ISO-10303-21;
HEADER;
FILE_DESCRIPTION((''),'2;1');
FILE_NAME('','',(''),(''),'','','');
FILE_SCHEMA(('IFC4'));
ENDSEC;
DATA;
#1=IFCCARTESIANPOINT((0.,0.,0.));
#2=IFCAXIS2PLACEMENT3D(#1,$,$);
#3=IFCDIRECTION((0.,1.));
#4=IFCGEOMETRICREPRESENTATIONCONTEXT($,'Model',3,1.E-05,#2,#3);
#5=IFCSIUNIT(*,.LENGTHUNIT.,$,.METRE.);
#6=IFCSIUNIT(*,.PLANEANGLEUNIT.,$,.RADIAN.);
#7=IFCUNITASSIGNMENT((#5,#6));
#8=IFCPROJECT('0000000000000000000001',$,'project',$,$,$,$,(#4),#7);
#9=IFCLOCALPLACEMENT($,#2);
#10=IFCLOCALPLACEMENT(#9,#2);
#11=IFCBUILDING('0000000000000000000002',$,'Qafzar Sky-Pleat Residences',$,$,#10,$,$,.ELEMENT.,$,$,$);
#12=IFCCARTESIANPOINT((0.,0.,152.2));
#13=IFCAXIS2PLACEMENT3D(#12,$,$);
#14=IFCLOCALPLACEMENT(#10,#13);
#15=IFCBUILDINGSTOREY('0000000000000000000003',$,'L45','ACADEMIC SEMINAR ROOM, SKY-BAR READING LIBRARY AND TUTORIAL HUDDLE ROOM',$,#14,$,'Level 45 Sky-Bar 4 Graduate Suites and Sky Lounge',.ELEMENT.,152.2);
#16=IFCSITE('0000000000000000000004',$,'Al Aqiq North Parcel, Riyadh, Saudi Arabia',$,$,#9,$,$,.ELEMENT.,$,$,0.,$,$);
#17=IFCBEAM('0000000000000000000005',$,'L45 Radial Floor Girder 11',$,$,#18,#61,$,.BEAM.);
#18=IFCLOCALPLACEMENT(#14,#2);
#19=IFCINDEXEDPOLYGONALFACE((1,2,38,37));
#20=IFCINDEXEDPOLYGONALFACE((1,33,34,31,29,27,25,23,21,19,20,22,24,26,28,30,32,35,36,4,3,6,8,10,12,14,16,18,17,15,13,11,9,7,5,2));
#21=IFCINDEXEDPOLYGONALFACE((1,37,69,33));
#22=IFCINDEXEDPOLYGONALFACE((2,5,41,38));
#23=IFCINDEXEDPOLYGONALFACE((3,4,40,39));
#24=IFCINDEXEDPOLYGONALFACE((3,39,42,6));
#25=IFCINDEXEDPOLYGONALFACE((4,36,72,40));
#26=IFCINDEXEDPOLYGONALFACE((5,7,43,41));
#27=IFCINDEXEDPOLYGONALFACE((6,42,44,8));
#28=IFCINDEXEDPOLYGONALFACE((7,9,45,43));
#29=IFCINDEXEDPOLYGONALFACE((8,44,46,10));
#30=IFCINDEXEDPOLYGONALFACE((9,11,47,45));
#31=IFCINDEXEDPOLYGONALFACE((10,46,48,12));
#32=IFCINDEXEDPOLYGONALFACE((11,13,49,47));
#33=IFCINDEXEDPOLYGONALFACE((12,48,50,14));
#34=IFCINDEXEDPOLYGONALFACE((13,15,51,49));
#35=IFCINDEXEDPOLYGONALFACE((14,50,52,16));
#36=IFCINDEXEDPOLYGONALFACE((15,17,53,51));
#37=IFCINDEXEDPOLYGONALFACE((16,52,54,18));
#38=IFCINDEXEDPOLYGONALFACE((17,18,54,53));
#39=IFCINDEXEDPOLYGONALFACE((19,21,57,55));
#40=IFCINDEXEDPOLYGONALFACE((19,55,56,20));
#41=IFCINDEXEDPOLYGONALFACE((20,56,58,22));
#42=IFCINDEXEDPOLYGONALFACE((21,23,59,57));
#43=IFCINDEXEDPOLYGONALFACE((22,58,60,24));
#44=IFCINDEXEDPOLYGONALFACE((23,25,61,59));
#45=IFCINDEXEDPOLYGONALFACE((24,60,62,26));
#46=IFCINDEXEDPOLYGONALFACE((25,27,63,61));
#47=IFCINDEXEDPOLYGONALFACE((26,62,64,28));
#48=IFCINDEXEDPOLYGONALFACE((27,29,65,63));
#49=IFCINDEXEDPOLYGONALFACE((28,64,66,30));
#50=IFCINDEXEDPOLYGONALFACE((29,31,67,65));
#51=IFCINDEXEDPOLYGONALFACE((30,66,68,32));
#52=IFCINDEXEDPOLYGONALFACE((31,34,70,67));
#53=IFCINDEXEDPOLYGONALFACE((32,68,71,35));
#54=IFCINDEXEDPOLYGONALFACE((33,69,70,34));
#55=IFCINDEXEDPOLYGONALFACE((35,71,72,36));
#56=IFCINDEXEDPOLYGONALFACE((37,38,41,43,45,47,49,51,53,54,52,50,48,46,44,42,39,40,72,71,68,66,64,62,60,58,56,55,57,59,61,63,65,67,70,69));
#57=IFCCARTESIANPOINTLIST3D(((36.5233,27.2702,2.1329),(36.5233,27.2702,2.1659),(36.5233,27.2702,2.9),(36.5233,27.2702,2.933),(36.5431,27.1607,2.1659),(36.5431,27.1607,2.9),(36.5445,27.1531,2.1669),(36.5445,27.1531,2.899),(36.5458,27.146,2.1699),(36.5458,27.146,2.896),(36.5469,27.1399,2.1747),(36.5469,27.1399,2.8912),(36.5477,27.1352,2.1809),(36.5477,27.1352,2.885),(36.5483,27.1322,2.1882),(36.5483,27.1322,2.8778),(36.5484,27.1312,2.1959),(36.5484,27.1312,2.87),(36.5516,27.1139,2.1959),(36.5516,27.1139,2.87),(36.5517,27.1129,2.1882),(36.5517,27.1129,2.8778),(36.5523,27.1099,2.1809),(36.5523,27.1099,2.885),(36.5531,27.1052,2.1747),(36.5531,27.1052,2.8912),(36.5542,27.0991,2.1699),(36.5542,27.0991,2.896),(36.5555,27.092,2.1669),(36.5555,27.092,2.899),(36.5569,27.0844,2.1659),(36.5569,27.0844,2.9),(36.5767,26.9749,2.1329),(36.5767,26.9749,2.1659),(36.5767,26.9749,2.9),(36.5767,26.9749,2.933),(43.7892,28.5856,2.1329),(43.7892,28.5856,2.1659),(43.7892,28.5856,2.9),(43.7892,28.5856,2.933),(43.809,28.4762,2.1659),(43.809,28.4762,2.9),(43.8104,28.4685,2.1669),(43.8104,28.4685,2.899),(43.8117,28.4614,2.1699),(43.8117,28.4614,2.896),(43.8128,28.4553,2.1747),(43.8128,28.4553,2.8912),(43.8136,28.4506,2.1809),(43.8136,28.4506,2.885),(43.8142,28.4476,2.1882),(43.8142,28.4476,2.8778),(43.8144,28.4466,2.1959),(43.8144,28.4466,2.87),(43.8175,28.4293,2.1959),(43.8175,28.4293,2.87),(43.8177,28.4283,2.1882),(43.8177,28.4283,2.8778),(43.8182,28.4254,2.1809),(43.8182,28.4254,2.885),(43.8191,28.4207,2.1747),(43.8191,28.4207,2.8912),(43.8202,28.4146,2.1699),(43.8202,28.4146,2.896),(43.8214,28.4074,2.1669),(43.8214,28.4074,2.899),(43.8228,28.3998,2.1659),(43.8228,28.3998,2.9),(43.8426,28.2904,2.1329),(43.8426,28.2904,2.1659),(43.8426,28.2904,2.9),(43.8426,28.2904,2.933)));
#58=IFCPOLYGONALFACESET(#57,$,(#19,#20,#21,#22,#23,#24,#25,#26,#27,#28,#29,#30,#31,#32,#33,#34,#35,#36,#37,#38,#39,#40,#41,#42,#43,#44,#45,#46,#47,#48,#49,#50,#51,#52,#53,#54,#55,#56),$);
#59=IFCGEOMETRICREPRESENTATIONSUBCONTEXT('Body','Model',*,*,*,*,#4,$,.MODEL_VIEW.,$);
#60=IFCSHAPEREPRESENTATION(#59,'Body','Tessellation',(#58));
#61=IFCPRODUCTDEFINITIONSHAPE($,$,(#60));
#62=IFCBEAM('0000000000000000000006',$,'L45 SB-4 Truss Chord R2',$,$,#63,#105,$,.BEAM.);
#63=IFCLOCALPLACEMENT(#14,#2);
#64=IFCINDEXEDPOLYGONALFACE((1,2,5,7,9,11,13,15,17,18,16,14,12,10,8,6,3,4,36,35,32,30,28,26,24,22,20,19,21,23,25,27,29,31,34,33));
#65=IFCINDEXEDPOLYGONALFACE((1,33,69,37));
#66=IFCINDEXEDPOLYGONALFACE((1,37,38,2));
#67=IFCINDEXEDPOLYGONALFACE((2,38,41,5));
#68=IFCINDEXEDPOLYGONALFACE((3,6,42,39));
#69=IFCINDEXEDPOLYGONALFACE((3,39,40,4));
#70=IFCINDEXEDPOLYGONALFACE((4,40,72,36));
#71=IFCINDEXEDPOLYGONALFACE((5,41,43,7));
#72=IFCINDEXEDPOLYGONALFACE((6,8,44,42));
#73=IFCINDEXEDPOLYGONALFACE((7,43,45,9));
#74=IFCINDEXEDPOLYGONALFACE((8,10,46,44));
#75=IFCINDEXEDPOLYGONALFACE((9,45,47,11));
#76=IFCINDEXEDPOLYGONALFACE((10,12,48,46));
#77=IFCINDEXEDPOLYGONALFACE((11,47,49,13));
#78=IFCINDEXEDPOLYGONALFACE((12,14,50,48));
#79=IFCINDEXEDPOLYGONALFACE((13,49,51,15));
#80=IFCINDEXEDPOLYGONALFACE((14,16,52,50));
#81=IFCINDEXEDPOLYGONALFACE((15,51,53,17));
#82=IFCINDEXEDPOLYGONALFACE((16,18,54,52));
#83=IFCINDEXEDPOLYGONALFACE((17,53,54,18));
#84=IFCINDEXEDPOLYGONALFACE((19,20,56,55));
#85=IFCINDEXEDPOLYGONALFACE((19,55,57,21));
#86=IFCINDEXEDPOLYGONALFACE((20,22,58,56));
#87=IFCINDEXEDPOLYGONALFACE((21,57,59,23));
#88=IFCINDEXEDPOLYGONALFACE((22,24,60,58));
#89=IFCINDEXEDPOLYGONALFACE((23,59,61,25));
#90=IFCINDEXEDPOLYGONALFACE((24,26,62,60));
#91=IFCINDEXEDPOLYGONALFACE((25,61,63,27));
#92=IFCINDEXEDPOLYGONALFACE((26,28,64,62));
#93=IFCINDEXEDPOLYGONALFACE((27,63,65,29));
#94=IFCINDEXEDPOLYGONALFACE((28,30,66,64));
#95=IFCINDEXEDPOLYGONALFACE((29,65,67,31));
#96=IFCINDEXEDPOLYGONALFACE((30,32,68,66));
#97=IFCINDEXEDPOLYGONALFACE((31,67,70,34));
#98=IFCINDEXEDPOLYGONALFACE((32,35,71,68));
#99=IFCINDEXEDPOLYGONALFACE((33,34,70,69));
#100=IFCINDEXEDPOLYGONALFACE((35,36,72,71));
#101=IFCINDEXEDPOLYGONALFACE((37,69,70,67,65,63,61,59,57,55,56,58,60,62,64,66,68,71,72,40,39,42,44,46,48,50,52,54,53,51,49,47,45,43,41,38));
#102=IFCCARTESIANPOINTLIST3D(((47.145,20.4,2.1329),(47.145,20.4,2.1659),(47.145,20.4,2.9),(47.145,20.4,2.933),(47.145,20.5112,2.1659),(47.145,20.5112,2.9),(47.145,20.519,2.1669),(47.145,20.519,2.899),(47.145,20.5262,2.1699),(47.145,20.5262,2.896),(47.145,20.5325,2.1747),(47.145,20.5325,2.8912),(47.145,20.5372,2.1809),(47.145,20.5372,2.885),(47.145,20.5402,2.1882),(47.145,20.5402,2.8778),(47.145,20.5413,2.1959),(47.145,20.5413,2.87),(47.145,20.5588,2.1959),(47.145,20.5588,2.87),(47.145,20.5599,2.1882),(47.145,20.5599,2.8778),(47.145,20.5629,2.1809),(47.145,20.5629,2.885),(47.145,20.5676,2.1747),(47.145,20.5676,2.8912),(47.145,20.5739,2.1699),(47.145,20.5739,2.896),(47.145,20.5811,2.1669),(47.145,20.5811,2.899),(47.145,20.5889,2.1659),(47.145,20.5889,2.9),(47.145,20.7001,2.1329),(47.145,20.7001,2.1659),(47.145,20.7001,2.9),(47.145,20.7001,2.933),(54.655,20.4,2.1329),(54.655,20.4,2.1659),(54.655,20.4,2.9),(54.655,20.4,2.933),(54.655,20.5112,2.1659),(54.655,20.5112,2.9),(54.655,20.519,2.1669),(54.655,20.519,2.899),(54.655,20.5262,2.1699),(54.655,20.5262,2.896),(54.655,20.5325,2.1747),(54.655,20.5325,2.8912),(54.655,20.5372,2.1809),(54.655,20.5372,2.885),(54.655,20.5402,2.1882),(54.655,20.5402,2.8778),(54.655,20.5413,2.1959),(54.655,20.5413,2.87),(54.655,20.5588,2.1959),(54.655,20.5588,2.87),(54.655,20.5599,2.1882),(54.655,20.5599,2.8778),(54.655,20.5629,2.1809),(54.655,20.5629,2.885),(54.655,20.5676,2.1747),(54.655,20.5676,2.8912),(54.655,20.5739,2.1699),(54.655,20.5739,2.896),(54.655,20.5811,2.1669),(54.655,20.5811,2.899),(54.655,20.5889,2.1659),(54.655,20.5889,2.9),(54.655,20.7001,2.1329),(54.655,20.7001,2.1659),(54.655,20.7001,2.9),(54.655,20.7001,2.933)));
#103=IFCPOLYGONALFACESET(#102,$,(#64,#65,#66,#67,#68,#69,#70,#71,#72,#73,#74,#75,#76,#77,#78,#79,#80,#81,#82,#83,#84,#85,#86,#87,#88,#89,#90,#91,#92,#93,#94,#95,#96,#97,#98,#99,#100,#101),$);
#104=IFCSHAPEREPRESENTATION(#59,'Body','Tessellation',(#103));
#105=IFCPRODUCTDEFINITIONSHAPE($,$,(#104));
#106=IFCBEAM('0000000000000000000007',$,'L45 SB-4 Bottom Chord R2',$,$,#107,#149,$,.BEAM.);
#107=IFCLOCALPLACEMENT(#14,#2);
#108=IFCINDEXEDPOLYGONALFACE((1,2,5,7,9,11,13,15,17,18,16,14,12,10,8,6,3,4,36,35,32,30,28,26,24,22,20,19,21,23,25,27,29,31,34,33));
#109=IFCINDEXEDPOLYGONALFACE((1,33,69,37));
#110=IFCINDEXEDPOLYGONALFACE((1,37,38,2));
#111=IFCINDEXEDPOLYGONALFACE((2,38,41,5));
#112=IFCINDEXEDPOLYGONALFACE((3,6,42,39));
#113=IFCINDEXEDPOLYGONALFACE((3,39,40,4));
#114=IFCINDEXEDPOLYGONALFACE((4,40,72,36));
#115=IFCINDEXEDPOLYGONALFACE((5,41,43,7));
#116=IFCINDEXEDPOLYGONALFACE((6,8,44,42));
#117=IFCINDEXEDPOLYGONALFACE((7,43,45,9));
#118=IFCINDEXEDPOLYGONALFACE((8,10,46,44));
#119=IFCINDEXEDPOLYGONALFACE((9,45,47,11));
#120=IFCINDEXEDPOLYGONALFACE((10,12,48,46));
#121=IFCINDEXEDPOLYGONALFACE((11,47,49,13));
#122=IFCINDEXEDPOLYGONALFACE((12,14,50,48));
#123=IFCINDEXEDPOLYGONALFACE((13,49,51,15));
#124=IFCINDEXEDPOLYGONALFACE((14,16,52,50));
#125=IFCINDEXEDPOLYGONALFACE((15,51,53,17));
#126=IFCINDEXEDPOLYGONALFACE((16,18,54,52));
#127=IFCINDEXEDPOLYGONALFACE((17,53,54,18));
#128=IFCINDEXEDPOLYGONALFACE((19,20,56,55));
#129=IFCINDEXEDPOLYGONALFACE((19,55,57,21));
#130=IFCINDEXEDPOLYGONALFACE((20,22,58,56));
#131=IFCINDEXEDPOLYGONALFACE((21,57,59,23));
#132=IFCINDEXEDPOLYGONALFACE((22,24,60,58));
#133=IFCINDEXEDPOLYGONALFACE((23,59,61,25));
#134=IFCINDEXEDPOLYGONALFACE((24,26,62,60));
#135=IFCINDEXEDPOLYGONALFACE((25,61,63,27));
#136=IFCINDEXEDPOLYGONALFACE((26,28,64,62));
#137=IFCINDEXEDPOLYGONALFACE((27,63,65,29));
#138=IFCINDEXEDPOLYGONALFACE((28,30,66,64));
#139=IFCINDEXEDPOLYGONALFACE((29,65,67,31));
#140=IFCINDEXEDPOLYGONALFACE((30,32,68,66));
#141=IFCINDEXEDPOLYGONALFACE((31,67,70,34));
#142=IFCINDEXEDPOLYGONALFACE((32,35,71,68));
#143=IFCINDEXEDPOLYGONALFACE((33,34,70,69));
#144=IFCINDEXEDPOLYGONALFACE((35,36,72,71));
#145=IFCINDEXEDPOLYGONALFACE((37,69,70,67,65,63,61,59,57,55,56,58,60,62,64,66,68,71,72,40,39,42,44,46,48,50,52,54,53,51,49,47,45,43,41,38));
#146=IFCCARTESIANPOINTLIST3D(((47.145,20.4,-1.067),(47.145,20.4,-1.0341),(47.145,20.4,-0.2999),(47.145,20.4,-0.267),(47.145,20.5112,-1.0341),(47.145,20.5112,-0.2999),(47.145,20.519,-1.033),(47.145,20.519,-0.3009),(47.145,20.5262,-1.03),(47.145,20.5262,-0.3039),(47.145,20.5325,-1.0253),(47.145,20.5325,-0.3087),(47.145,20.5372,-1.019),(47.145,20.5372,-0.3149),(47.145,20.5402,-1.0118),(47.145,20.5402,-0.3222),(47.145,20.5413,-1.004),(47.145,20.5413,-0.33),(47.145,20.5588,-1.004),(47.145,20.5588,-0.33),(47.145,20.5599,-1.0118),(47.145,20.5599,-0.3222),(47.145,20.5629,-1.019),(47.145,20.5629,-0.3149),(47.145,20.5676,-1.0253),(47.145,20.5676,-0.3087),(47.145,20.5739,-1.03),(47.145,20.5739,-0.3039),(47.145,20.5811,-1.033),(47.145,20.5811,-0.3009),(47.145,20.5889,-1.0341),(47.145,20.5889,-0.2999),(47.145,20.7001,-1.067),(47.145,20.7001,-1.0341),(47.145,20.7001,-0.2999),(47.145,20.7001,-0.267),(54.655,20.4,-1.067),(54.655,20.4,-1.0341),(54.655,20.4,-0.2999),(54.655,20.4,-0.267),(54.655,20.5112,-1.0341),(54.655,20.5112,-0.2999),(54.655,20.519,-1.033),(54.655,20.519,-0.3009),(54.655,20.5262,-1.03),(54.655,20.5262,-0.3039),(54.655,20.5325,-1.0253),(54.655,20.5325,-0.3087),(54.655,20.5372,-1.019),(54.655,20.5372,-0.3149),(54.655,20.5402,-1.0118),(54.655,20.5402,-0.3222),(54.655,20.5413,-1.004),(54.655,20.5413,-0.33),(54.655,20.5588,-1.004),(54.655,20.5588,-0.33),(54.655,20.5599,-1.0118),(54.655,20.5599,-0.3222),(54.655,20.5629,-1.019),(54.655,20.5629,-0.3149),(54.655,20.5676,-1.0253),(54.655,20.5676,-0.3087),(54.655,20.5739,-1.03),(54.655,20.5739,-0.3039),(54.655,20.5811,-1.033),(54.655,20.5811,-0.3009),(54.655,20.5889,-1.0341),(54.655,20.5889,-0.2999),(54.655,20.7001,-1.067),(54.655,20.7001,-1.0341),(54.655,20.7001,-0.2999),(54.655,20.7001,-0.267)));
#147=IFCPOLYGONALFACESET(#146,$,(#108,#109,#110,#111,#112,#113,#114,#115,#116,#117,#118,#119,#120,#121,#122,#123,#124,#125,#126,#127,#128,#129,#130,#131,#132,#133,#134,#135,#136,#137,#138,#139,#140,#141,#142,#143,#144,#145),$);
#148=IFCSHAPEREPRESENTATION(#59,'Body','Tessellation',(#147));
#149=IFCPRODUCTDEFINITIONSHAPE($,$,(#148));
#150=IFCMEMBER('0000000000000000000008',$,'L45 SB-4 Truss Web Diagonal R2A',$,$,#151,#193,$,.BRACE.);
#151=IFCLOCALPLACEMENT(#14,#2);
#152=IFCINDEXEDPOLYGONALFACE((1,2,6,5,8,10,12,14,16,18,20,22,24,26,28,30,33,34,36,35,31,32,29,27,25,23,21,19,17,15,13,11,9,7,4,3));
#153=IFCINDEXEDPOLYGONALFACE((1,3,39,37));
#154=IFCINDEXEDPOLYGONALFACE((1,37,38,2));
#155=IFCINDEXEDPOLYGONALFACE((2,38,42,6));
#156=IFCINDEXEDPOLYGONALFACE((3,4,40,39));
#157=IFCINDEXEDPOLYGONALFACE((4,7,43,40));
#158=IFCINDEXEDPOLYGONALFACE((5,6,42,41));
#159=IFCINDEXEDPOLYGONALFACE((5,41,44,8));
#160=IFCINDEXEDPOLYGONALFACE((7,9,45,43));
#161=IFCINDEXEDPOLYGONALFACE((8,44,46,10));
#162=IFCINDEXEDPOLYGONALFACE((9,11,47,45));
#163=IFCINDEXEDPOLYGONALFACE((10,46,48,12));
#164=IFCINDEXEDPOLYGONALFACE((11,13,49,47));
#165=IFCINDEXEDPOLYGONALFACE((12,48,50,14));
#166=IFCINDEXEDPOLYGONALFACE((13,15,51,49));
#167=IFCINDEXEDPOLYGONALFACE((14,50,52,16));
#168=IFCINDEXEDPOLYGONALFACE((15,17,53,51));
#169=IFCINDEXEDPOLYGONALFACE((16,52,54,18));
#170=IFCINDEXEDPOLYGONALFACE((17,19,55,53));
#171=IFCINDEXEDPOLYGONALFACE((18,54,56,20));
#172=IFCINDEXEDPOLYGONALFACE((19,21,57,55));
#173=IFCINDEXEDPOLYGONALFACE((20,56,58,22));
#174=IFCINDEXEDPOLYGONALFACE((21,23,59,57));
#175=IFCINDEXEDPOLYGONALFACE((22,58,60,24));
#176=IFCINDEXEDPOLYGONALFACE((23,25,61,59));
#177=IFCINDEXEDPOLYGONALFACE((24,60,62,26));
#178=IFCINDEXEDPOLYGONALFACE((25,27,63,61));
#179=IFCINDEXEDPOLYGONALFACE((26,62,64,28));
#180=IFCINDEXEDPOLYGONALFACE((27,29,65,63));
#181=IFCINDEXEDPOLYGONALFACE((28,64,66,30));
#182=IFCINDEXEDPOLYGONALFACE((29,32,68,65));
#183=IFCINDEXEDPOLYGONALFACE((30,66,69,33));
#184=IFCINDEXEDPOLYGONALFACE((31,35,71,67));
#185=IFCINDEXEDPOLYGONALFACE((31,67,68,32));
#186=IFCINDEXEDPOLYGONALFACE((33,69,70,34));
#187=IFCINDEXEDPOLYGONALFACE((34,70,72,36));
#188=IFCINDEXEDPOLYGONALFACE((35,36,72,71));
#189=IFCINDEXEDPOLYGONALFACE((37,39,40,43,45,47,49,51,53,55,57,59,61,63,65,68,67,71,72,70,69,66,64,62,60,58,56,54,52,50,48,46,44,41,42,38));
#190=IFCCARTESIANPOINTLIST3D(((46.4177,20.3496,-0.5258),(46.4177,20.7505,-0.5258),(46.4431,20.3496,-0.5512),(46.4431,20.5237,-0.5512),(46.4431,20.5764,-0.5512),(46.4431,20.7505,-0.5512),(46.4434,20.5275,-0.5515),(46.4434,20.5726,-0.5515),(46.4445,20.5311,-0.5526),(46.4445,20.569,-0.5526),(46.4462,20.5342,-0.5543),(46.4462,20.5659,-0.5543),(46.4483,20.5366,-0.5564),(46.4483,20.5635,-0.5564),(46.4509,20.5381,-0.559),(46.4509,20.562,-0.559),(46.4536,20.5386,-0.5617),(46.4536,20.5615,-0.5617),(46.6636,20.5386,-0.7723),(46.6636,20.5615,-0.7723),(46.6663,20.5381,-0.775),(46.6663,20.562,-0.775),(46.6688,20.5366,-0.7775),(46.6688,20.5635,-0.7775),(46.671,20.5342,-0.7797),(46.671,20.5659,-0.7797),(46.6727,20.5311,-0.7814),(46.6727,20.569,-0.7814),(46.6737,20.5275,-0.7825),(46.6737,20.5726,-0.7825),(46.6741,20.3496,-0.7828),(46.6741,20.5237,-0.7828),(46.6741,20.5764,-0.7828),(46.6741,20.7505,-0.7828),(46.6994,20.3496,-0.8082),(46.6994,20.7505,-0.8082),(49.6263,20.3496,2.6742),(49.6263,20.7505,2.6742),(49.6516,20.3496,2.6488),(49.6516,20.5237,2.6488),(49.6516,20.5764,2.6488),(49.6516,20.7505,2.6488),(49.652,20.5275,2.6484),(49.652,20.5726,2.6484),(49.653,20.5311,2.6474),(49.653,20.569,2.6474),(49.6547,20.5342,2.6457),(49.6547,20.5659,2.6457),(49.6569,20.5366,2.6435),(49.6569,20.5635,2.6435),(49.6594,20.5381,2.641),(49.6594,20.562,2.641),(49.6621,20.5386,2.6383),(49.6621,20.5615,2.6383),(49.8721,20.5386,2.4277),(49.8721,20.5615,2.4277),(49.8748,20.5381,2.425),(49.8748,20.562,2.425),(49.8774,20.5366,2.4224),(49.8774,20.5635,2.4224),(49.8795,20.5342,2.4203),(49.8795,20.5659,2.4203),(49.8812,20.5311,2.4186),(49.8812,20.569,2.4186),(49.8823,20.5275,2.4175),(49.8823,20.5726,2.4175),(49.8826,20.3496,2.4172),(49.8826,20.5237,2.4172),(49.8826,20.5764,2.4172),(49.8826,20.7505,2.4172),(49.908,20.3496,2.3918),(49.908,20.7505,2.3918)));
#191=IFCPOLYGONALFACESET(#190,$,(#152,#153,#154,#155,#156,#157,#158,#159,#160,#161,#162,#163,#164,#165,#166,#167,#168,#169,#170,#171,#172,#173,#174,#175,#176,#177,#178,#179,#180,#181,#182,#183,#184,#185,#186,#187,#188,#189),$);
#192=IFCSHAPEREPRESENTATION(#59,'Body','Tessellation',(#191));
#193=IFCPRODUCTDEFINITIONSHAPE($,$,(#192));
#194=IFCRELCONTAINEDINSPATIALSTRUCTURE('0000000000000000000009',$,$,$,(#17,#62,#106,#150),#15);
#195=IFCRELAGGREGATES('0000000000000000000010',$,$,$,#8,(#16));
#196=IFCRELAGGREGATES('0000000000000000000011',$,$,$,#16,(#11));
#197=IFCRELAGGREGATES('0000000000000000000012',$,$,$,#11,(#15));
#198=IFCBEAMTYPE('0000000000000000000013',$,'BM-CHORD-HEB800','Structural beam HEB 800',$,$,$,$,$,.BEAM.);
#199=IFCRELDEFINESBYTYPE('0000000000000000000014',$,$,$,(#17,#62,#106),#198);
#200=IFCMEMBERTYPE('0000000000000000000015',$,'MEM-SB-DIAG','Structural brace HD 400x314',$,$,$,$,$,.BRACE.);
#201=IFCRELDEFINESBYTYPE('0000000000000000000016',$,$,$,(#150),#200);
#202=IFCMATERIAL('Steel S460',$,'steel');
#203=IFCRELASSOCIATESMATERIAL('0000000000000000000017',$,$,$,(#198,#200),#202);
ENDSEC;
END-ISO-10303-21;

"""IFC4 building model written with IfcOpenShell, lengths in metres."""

from ifc_helpers import new_model, si_unit, direction, frame, origin, origin_2d, place, context, subcontext, project, spatial, i_section, extrude, source, transform, mapped, material, material_profile, profile_set, type_object, element, save


model = new_model("IFC4")

# Units and contexts
model_context = context("Model", 3, precision=1e-05, world=origin(), true_north=direction((0.0, 1.0)))
body_context = subcontext(model_context, "Body", "Model", "MODEL_VIEW")
ifc_project = project(units=[si_unit("LENGTHUNIT", "METRE"), si_unit("PLANEANGLEUNIT", "RADIAN")], contexts=[model_context])

# Site, building, storey
site_placement = place(None, origin())
site = spatial("IfcSite", under=ifc_project, at=site_placement, Name="Al Aqiq North Parcel, Riyadh, Saudi Arabia", CompositionType="ELEMENT", RefElevation=0.0)
building_placement = place(site_placement, origin())
building = spatial("IfcBuilding", under=site, at=building_placement, Name="Qafzar Sky-Pleat Residences", CompositionType="ELEMENT")
storey_placement = place(building_placement, frame((0.0, 0.0, 152.2)))
storey = spatial("IfcBuildingStorey", under=building, at=storey_placement, Name="L45", Description="ACADEMIC SEMINAR ROOM, SKY-BAR READING LIBRARY AND TUTORIAL HUDDLE ROOM", LongName="Level 45 Sky-Bar 4 Graduate Suites and Sky Lounge", CompositionType="ELEMENT", Elevation=152.2)

# Beams
ifc_material_1 = material(Name="Steel S460", Category="steel")
ifc_material_profile_1 = material_profile(ifc_material_1, i_section(OverallWidth=0.3, OverallDepth=0.8, WebThickness=0.0176, FlangeThickness=0.033, FilletRadius=0.03, at=origin_2d()), Name="HEB 800")
ifc_profile_set_1 = profile_set([ifc_material_profile_1], Name="Steel S460")
beam_type_1 = type_object("IfcBeamType", Name="BM-CHORD-HEB800", Description="Structural beam HEB 800", PredefinedType="BEAM", material=ifc_profile_set_1)
shared_shape_1 = source(origin(), body_context, "Body", "SweptSolid", [
    extrude(i_section(OverallWidth=0.3, OverallDepth=0.8, WebThickness=0.0176, FlangeThickness=0.033, FilletRadius=0.03, at=origin_2d()), origin(), (0.0, 0.0, 1.0), 7.384),
])
beam_1_placement = place(storey_placement, frame((43.8159, 28.438, 2.533), z_axis=(-0.984004, -0.178146, 0.0), x_axis=(0.178146, -0.984004, 0.0)))
element("IfcBeam", 1, at=beam_1_placement, inside=storey, type_object=beam_type_1, Name="L45 Radial Floor Girder 11", PredefinedType="BEAM", context=body_context, shape_type="MappedRepresentation", body=[
    mapped(shared_shape_1, transform((0.0, 0.0, 0.0), x_axis=(1.0, 0.0, 0.0), y_axis=(0.0, 1.0, 0.0), z_axis=(0.0, 0.0, 1.0), scale=1.0)),
])
shared_shape_2 = source(origin(), body_context, "Body", "SweptSolid", [
    extrude(i_section(OverallWidth=0.3, OverallDepth=0.8, WebThickness=0.0176, FlangeThickness=0.033, FilletRadius=0.03, at=origin_2d()), origin(), (0.0, 0.0, 1.0), 7.51),
])
for number, where, z_axis, x_axis, name in (
    (2, (47.145, 20.55, 2.533), (1.0, 0.0, 0.0), (0.0, 1.0, 0.0), "L45 SB-4 Truss Chord R2"),
    (3, (47.145, 20.55, -0.667), (1.0, 0.0, 0.0), (0.0, 1.0, 0.0), "L45 SB-4 Bottom Chord R2"),
):
    element("IfcBeam", number, at=place(storey_placement, frame(where, z_axis=z_axis, x_axis=x_axis)), inside=storey, type_object=beam_type_1, Name=name, PredefinedType="BEAM", context=body_context, shape_type="MappedRepresentation", body=[
        mapped(shared_shape_2, transform((0.0, 0.0, 0.0), x_axis=(1.0, 0.0, 0.0), y_axis=(0.0, 1.0, 0.0), z_axis=(0.0, 0.0, 1.0), scale=1.0)),
    ])

# Member
ifc_material_profile_2 = material_profile(ifc_material_1, i_section(OverallWidth=0.4009, OverallDepth=0.3989, WebThickness=0.0229, FlangeThickness=0.0359, FilletRadius=0.0149, at=origin_2d()), Name="HD 400x314")
ifc_profile_set_2 = profile_set([ifc_material_profile_2], Name="Steel S460")
member_type = type_object("IfcMemberType", Name="MEM-SB-DIAG", Description="Structural brace HD 400x314", PredefinedType="BRACE", material=ifc_profile_set_2)
shared_shape_3 = source(origin(), body_context, "Body", "SweptSolid", [
    extrude(i_section(OverallWidth=0.4009, OverallDepth=0.3989, WebThickness=0.0229, FlangeThickness=0.0359, FilletRadius=0.0149, at=origin_2d()), origin(), (0.0, 0.0, 1.0), 4.5315),
])
for number, where, z_axis, x_axis, name in (
    (4, (46.5586, 20.55, -0.667), (0.708049, 0.0, 0.706163), (0.0, 1.0, 0.0), "L45 SB-4 Truss Web Diagonal R2A"),
):
    element("IfcMember", number, at=place(storey_placement, frame(where, z_axis=z_axis, x_axis=x_axis)), inside=storey, type_object=member_type, Name=name, PredefinedType="BRACE", context=body_context, shape_type="MappedRepresentation", body=[
        mapped(shared_shape_3, transform((0.0, 0.0, 0.0), x_axis=(1.0, 0.0, 0.0), y_axis=(0.0, 1.0, 0.0), z_axis=(0.0, 0.0, 1.0), scale=1.0)),
    ])

save(model, "model.ifc")
